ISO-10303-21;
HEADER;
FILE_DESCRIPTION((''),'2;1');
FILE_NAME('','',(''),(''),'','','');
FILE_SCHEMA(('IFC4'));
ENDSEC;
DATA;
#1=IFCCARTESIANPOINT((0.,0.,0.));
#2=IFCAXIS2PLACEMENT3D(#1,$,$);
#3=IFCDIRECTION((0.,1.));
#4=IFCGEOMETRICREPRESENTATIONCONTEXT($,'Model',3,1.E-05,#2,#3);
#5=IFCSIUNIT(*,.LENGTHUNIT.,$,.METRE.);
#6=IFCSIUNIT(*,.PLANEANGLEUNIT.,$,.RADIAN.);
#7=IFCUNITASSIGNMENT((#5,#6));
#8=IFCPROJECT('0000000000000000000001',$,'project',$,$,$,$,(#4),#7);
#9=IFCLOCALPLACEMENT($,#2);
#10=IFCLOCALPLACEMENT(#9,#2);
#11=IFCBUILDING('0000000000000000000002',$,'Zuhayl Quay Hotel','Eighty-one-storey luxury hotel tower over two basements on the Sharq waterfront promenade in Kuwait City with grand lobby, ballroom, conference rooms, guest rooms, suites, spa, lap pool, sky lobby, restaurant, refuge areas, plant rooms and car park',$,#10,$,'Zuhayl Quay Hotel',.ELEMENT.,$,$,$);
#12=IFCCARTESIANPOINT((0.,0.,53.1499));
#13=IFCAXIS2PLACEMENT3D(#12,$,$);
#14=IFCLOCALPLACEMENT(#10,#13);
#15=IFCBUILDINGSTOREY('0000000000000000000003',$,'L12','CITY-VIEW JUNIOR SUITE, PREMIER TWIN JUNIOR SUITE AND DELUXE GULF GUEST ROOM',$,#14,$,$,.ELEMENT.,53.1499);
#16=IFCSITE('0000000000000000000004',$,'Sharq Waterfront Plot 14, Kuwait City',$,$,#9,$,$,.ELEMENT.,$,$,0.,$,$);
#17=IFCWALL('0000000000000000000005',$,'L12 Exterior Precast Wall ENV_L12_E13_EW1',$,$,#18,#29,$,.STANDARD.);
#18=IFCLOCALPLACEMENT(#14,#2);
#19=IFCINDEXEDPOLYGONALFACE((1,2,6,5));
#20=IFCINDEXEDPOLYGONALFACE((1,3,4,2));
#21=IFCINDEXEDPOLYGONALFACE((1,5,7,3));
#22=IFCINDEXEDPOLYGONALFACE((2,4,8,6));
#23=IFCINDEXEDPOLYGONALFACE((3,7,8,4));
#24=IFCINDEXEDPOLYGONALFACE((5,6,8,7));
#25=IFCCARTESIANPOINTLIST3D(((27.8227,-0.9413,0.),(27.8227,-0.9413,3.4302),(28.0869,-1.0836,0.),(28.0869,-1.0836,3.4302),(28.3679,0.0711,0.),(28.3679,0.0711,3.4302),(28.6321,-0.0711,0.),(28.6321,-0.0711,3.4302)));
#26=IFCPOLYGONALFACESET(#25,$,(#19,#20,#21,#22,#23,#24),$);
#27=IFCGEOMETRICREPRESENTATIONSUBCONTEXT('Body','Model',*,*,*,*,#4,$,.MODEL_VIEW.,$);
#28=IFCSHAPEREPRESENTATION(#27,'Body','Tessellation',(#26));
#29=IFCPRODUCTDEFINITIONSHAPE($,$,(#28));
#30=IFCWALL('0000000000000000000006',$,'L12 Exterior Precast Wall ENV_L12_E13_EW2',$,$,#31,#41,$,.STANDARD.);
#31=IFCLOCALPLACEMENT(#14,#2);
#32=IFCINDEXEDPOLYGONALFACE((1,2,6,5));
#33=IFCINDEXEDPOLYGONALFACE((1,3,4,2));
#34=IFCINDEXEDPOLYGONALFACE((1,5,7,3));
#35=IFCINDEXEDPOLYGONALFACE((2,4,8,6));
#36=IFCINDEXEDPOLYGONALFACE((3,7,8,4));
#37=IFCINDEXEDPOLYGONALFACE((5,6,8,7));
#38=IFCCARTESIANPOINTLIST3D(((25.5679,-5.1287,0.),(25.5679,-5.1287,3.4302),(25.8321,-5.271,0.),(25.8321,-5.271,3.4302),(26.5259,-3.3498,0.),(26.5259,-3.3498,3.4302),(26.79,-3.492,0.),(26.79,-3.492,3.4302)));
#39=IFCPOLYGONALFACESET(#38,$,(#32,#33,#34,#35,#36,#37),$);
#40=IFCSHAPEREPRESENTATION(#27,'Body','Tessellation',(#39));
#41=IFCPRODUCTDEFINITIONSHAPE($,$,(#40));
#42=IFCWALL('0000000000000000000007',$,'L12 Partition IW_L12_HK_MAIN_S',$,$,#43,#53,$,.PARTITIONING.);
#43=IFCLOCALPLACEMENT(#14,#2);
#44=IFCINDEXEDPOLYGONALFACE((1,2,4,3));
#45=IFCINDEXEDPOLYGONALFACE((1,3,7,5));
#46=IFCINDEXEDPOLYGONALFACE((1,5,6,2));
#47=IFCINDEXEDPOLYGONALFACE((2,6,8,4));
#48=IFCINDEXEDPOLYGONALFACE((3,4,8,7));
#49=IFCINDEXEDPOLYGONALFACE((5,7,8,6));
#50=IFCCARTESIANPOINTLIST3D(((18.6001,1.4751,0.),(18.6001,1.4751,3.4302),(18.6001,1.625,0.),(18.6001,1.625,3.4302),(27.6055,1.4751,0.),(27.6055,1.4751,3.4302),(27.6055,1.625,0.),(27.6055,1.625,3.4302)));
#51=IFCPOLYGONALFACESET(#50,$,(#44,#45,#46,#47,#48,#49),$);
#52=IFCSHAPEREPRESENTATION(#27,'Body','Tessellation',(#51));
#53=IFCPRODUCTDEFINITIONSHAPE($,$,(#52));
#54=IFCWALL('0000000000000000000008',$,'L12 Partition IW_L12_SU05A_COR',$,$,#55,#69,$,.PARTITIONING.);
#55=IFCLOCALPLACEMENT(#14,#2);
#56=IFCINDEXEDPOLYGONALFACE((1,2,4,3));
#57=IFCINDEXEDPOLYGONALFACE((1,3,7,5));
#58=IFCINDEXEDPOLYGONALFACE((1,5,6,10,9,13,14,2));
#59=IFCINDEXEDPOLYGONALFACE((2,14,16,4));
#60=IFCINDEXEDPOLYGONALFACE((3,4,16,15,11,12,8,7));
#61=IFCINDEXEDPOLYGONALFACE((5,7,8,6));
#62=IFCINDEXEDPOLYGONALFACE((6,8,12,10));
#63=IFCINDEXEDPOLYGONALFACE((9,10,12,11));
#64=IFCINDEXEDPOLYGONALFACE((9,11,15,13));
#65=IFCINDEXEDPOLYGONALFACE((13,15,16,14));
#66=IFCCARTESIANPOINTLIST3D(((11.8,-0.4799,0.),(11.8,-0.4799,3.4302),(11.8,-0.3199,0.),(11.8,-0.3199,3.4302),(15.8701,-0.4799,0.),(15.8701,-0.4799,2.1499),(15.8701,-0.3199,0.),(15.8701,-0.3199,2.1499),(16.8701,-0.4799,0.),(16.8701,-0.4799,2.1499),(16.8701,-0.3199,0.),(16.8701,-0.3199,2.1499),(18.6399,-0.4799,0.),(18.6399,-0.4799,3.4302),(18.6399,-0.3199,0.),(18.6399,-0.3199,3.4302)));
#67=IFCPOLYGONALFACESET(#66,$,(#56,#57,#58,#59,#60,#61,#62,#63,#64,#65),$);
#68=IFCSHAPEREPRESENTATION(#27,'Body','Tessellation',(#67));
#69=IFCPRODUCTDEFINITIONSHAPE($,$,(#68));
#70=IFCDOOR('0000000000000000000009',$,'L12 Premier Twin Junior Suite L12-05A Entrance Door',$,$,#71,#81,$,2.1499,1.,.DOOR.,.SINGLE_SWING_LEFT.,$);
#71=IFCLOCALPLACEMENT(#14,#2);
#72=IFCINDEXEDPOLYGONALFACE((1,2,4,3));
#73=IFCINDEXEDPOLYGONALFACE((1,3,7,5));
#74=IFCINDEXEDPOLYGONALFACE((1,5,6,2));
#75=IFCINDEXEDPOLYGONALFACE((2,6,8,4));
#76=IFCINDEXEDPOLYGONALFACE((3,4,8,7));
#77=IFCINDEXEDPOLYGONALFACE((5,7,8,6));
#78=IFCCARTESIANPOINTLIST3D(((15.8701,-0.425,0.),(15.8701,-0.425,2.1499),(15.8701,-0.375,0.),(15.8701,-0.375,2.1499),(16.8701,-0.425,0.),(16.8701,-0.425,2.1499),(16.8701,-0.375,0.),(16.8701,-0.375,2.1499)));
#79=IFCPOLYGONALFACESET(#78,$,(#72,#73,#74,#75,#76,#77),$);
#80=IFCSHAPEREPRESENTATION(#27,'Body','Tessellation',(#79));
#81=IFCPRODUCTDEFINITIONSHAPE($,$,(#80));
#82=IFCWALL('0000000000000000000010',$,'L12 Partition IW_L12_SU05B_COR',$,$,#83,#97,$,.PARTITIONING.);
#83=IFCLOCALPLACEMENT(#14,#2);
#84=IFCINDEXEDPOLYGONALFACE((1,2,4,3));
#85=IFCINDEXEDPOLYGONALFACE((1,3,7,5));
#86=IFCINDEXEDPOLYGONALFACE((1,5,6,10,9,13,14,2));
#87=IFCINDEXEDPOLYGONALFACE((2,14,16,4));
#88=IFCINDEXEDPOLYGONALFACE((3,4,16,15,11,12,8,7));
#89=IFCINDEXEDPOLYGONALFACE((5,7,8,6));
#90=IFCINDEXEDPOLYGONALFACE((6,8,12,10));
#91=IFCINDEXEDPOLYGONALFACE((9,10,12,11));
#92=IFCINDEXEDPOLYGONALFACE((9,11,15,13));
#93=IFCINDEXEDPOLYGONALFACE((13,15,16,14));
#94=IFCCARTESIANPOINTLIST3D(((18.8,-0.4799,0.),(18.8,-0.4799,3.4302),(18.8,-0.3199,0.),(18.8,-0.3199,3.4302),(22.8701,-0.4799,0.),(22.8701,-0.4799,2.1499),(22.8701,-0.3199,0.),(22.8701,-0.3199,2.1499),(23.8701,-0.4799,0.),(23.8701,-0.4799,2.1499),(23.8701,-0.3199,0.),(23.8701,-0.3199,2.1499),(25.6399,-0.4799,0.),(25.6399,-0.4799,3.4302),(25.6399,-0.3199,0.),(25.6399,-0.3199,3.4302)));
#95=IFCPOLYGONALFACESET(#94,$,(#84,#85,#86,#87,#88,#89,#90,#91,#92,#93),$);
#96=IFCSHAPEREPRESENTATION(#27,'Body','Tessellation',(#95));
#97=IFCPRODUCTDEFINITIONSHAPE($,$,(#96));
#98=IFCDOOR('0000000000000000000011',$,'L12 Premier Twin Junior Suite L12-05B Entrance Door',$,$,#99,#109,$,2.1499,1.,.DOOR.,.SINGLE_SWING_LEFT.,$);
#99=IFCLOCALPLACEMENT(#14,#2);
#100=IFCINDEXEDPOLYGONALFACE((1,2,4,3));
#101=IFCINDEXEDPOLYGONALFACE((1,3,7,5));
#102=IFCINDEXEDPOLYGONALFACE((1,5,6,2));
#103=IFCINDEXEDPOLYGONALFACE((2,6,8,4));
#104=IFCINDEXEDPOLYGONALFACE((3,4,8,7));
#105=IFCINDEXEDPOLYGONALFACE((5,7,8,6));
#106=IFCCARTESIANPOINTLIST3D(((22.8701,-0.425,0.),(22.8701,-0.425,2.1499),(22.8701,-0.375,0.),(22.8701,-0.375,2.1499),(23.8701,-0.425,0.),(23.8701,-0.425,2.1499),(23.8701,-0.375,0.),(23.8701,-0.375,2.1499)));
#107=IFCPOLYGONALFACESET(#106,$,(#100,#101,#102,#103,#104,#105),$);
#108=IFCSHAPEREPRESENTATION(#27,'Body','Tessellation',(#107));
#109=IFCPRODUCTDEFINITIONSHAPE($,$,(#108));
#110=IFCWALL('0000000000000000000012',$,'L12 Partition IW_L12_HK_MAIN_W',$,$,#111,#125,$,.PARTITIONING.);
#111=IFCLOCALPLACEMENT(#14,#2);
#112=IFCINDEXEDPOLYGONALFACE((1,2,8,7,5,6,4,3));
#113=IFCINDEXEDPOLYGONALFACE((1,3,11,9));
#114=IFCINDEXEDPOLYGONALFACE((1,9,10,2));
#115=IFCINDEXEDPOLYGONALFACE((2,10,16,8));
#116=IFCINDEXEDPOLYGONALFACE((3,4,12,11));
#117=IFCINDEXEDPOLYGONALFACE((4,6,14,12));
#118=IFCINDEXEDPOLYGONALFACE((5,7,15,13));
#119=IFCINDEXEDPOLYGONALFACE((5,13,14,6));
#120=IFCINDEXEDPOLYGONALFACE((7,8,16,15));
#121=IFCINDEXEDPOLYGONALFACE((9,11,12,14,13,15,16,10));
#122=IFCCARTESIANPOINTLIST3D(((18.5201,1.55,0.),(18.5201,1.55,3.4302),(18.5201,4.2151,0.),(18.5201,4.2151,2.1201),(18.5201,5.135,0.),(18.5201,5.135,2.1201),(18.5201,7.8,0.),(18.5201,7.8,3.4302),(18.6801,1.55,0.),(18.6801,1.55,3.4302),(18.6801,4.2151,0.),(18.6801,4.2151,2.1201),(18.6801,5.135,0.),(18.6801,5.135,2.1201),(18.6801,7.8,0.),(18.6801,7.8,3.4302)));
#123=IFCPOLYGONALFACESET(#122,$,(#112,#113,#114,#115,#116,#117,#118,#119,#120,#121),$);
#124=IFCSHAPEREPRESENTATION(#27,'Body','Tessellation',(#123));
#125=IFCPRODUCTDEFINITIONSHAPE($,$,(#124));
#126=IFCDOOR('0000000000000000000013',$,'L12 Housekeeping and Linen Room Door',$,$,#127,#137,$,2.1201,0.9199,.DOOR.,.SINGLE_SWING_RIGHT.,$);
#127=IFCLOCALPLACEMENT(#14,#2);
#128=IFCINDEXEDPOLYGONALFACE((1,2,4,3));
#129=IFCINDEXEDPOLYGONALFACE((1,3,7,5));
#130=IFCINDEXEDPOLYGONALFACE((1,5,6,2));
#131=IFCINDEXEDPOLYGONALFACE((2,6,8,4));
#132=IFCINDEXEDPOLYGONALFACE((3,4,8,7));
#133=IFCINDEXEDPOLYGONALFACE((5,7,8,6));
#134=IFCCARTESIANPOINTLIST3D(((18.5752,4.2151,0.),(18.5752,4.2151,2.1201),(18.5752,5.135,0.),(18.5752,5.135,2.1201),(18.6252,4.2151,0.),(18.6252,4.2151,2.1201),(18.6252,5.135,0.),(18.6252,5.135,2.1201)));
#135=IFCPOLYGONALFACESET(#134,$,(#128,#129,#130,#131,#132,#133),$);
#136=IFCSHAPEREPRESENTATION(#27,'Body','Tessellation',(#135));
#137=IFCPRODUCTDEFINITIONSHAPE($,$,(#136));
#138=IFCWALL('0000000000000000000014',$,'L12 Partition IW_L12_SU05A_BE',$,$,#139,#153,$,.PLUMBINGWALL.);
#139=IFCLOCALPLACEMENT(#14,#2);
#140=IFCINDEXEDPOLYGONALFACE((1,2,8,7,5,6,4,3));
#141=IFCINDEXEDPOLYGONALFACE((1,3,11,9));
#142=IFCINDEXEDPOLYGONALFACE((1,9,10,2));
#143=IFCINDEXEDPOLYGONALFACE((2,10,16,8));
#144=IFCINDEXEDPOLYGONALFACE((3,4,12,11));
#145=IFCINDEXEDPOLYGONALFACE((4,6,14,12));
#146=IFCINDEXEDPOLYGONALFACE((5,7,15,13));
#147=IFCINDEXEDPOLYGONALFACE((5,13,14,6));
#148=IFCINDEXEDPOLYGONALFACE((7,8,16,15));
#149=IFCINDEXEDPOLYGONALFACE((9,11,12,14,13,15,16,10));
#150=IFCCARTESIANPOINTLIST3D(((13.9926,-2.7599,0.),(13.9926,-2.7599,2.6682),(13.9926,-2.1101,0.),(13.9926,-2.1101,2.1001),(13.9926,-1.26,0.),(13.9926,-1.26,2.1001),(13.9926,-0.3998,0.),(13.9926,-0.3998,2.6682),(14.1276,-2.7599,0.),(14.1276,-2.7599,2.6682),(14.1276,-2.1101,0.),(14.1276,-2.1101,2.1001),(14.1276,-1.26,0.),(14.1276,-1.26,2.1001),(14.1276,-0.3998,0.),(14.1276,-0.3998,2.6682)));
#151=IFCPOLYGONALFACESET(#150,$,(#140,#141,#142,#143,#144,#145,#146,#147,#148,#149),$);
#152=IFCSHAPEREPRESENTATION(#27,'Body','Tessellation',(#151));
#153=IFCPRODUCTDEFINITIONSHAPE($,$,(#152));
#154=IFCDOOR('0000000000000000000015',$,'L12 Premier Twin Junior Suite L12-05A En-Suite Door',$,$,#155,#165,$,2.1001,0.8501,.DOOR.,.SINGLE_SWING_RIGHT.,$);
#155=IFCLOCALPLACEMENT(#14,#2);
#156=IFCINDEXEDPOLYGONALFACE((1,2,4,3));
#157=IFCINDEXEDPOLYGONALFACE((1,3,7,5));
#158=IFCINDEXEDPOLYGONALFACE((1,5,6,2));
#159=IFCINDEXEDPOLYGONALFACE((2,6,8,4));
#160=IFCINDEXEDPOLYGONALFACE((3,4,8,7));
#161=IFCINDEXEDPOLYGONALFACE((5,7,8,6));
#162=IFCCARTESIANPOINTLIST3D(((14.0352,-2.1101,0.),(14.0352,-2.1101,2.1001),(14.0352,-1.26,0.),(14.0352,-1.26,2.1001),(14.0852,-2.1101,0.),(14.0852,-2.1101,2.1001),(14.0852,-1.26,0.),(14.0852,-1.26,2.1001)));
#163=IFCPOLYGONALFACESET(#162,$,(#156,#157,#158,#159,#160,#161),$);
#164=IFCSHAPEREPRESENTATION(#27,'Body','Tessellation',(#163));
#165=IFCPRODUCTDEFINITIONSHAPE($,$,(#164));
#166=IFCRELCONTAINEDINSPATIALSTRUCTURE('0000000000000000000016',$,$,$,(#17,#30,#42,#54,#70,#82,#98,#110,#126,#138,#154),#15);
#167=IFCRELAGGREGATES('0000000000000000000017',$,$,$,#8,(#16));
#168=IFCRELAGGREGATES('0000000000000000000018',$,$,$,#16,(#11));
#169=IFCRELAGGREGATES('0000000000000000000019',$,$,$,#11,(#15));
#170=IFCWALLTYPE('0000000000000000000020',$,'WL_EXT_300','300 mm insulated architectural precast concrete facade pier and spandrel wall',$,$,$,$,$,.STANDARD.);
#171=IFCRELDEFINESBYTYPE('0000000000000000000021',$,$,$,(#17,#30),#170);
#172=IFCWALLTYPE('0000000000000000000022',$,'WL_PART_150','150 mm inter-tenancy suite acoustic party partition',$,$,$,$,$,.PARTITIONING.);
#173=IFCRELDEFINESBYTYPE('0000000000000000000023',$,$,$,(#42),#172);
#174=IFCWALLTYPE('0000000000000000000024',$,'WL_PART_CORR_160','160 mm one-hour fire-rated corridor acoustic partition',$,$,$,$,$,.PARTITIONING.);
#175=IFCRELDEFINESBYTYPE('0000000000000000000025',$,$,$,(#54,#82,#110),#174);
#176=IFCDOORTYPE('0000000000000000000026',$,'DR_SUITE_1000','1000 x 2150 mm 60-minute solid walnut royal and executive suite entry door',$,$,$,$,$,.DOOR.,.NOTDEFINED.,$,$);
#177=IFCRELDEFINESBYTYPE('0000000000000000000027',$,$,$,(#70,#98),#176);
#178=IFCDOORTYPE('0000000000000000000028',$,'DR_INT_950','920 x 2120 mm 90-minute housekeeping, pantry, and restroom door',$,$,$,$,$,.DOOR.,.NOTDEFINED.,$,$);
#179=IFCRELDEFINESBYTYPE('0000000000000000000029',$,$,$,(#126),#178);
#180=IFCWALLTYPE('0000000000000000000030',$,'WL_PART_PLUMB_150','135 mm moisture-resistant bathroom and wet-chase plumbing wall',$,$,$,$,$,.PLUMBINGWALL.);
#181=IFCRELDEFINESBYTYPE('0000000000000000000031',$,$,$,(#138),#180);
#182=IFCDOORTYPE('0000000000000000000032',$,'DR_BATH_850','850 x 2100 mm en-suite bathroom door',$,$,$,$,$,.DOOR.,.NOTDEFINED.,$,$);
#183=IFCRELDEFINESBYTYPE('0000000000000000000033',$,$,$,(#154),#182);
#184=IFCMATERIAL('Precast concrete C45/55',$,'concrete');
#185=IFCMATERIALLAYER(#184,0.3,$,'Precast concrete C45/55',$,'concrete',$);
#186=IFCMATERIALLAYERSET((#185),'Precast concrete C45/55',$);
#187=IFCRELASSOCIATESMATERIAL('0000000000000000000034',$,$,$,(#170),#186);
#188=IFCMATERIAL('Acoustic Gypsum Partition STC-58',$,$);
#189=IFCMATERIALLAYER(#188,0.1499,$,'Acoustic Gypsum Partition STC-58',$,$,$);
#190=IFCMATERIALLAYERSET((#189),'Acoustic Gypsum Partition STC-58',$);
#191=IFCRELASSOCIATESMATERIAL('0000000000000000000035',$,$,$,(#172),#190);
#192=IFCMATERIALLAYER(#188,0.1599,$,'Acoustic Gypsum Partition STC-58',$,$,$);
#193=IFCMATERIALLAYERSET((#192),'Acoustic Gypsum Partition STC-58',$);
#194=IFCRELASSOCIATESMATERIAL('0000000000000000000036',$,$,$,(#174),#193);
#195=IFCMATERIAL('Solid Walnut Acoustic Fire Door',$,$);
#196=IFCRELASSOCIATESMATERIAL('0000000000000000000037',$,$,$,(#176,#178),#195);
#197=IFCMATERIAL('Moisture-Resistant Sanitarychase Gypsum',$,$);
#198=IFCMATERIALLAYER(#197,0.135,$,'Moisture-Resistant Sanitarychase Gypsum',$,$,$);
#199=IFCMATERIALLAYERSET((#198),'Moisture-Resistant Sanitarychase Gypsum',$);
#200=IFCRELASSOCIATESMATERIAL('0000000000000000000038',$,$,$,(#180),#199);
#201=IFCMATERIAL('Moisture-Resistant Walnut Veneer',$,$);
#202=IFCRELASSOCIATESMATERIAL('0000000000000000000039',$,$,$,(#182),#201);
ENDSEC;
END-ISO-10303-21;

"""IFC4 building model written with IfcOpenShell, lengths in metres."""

from ifc_helpers import new_model, si_unit, direction, frame, frame_2d, origin, place, context, subcontext, project, spatial, rectangle, extrude, material, layer, layer_set, type_object, element, fill, save


model = new_model("IFC4")

# Units and contexts
model_context = context("Model", 3, precision=1e-05, world=origin(), true_north=direction((0.0, 1.0)))
body_context = subcontext(model_context, "Body", "Model", "MODEL_VIEW")
ifc_project = project(units=[si_unit("LENGTHUNIT", "METRE"), si_unit("PLANEANGLEUNIT", "RADIAN")], contexts=[model_context])

# Site, building, storey
site_placement = place(None, origin())
site = spatial("IfcSite", under=ifc_project, at=site_placement, Name="Sharq Waterfront Plot 14, Kuwait City", CompositionType="ELEMENT", RefElevation=0.0)
building_placement = place(site_placement, origin())
building = spatial("IfcBuilding", under=site, at=building_placement, Name="Zuhayl Quay Hotel", Description="Eighty-one-storey luxury hotel tower over two basements on the Sharq waterfront promenade in Kuwait City with grand lobby, ballroom, conference rooms, guest rooms, suites, spa, lap pool, sky lobby, restaurant, refuge areas, plant rooms and car park", LongName="Zuhayl Quay Hotel", CompositionType="ELEMENT")
storey_placement = place(building_placement, frame((0.0, 0.0, 53.1499)))
storey = spatial("IfcBuildingStorey", under=building, at=storey_placement, Name="L12", Description="CITY-VIEW JUNIOR SUITE, PREMIER TWIN JUNIOR SUITE AND DELUXE GULF GUEST ROOM", CompositionType="ELEMENT", Elevation=53.1499)

# Walls
ifc_material_1 = material(Name="Precast concrete C45/55", Category="concrete")
ifc_layer_1 = layer(ifc_material_1, 0.3, Name="Precast concrete C45/55", Category="concrete")
ifc_layer_set_1 = layer_set([ifc_layer_1], Name="Precast concrete C45/55")
wall_type_1 = type_object("IfcWallType", Name="WL_EXT_300", Description="300 mm insulated architectural precast concrete facade pier and spandrel wall", PredefinedType="STANDARD", material=ifc_layer_set_1)
wall_1_placement = place(storey_placement, frame((28.5, 0.0, 0.0), z_axis=(0.0, 0.0, 1.0), x_axis=(-0.4741, -0.880471, 0.0)))
element("IfcWall", 1, at=wall_1_placement, inside=storey, type_object=wall_type_1, Name="L12 Exterior Precast Wall ENV_L12_E13_EW1", PredefinedType="STANDARD", context=body_context, shape_type="SweptSolid", body=[
    extrude(rectangle(XDim=1.1499, YDim=0.3, at=frame_2d((0.575, 0.0))), origin(), (0.0, 0.0, 1.0), 3.4302),
])
wall_2_placement = place(storey_placement, frame((26.658, -3.4209, 0.0), z_axis=(0.0, 0.0, 1.0), x_axis=(-0.474121, -0.880459, 0.0)))
element("IfcWall", 2, at=wall_2_placement, inside=storey, type_object=wall_type_1, Name="L12 Exterior Precast Wall ENV_L12_E13_EW2", PredefinedType="STANDARD", context=body_context, shape_type="SweptSolid", body=[
    extrude(rectangle(XDim=2.0205, YDim=0.3, at=frame_2d((1.0103, 0.0))), origin(), (0.0, 0.0, 1.0), 3.4302),
])
ifc_material_2 = material(Name="Acoustic Gypsum Partition STC-58")
ifc_layer_2 = layer(ifc_material_2, 0.1499, Name="Acoustic Gypsum Partition STC-58")
ifc_layer_set_2 = layer_set([ifc_layer_2], Name="Acoustic Gypsum Partition STC-58")
wall_type_2 = type_object("IfcWallType", Name="WL_PART_150", Description="150 mm inter-tenancy suite acoustic party partition", PredefinedType="PARTITIONING", material=ifc_layer_set_2)
wall_3_placement = place(storey_placement, frame((18.6001, 1.55, 0.0), z_axis=(0.0, 0.0, 1.0), x_axis=(1.0, 0.0, 0.0)))
element("IfcWall", 3, at=wall_3_placement, inside=storey, type_object=wall_type_2, Name="L12 Partition IW_L12_HK_MAIN_S", PredefinedType="PARTITIONING", context=body_context, shape_type="SweptSolid", body=[
    extrude(rectangle(XDim=9.0054, YDim=0.1499, at=frame_2d((4.5027, 0.0))), origin(), (0.0, 0.0, 1.0), 3.4302),
])

# Walls, openings, doors
ifc_layer_3 = layer(ifc_material_2, 0.1599, Name="Acoustic Gypsum Partition STC-58")
ifc_layer_set_3 = layer_set([ifc_layer_3], Name="Acoustic Gypsum Partition STC-58")
wall_type_3 = type_object("IfcWallType", Name="WL_PART_CORR_160", Description="160 mm one-hour fire-rated corridor acoustic partition", PredefinedType="PARTITIONING", material=ifc_layer_set_3)
wall_4_placement = place(storey_placement, frame((11.8, -0.3999, 0.0), z_axis=(0.0, 0.0, 1.0), x_axis=(1.0, 0.0, 0.0)))
wall_4 = element("IfcWall", 4, at=wall_4_placement, inside=storey, type_object=wall_type_3, Name="L12 Partition IW_L12_SU05A_COR", PredefinedType="PARTITIONING", context=body_context, shape_type="SweptSolid", body=[
    extrude(rectangle(XDim=6.8398, YDim=0.1599, at=frame_2d((3.4199, 0.0))), origin(), (0.0, 0.0, 1.0), 3.4302),
])
opening_1_placement = place(wall_4_placement, frame((4.0701, 0.0, 0.0)))
opening_1 = element("IfcOpeningElement", 5, at=opening_1_placement, cuts=wall_4, PredefinedType="OPENING", context=body_context, shape_type="SweptSolid", body=[
    extrude(rectangle(XDim=1.0, YDim=2.1499, at=frame_2d((0.5, 1.075))), frame((0.0, 0.0898, 0.0), z_axis=(0.0, -1.0, 0.0), x_axis=(1.0, 0.0, 0.0)), (0.0, 0.0, 1.0), 0.1799),
])
ifc_material_3 = material(Name="Solid Walnut Acoustic Fire Door")
door_type_1 = type_object("IfcDoorType", Name="DR_SUITE_1000", Description="1000 x 2150 mm 60-minute solid walnut royal and executive suite entry door", OperationType="NOTDEFINED", PredefinedType="DOOR", material=ifc_material_3)
door_1_placement = place(opening_1_placement, origin())
door_1 = element("IfcDoor", 6, at=door_1_placement, inside=storey, type_object=door_type_1, Name="L12 Premier Twin Junior Suite L12-05A Entrance Door", OperationType="SINGLE_SWING_LEFT", OverallHeight=2.1499, OverallWidth=1.0, PredefinedType="DOOR", context=body_context, shape_type="SweptSolid", body=[
    extrude(rectangle(XDim=1.0, YDim=2.1499, at=frame_2d((0.5, 1.075))), frame((0.0, 0.0249, 0.0), z_axis=(0.0, -1.0, 0.0), x_axis=(1.0, 0.0, 0.0)), (0.0, 0.0, 1.0), 0.05),
])
fill(opening_1, door_1)
wall_5_placement = place(storey_placement, frame((18.8, -0.3999, 0.0), z_axis=(0.0, 0.0, 1.0), x_axis=(1.0, 0.0, 0.0)))
wall_5 = element("IfcWall", 7, at=wall_5_placement, inside=storey, type_object=wall_type_3, Name="L12 Partition IW_L12_SU05B_COR", PredefinedType="PARTITIONING", context=body_context, shape_type="SweptSolid", body=[
    extrude(rectangle(XDim=6.8398, YDim=0.1599, at=frame_2d((3.4199, 0.0))), origin(), (0.0, 0.0, 1.0), 3.4302),
])
opening_2_placement = place(wall_5_placement, frame((4.0701, 0.0, 0.0)))
opening_2 = element("IfcOpeningElement", 8, at=opening_2_placement, cuts=wall_5, PredefinedType="OPENING", context=body_context, shape_type="SweptSolid", body=[
    extrude(rectangle(XDim=1.0, YDim=2.1499, at=frame_2d((0.5, 1.075))), frame((0.0, 0.0898, 0.0), z_axis=(0.0, -1.0, 0.0), x_axis=(1.0, 0.0, 0.0)), (0.0, 0.0, 1.0), 0.1799),
])
door_2_placement = place(opening_2_placement, origin())
door_2 = element("IfcDoor", 9, at=door_2_placement, inside=storey, type_object=door_type_1, Name="L12 Premier Twin Junior Suite L12-05B Entrance Door", OperationType="SINGLE_SWING_LEFT", OverallHeight=2.1499, OverallWidth=1.0, PredefinedType="DOOR", context=body_context, shape_type="SweptSolid", body=[
    extrude(rectangle(XDim=1.0, YDim=2.1499, at=frame_2d((0.5, 1.075))), frame((0.0, 0.0249, 0.0), z_axis=(0.0, -1.0, 0.0), x_axis=(1.0, 0.0, 0.0)), (0.0, 0.0, 1.0), 0.05),
])
fill(opening_2, door_2)
wall_6_placement = place(storey_placement, frame((18.6001, 1.55, 0.0), z_axis=(0.0, 0.0, 1.0), x_axis=(0.0, 1.0, 0.0)))
wall_6 = element("IfcWall", 10, at=wall_6_placement, inside=storey, type_object=wall_type_3, Name="L12 Partition IW_L12_HK_MAIN_W", PredefinedType="PARTITIONING", context=body_context, shape_type="SweptSolid", body=[
    extrude(rectangle(XDim=6.25, YDim=0.1599, at=frame_2d((3.125, 0.0))), origin(), (0.0, 0.0, 1.0), 3.4302),
])
opening_3_placement = place(wall_6_placement, frame((2.665, 0.0, 0.0)))
opening_3 = element("IfcOpeningElement", 11, at=opening_3_placement, cuts=wall_6, PredefinedType="OPENING", context=body_context, shape_type="SweptSolid", body=[
    extrude(rectangle(XDim=0.9199, YDim=2.1201, at=frame_2d((0.46, 1.0601))), frame((0.0, 0.0898, 0.0), z_axis=(0.0, -1.0, 0.0), x_axis=(1.0, 0.0, 0.0)), (0.0, 0.0, 1.0), 0.1799),
])
door_type_2 = type_object("IfcDoorType", Name="DR_INT_950", Description="920 x 2120 mm 90-minute housekeeping, pantry, and restroom door", OperationType="NOTDEFINED", PredefinedType="DOOR", material=ifc_material_3)
door_3_placement = place(opening_3_placement, origin())
door_3 = element("IfcDoor", 12, at=door_3_placement, inside=storey, type_object=door_type_2, Name="L12 Housekeeping and Linen Room Door", OperationType="SINGLE_SWING_RIGHT", OverallHeight=2.1201, OverallWidth=0.9199, PredefinedType="DOOR", context=body_context, shape_type="SweptSolid", body=[
    extrude(rectangle(XDim=0.9199, YDim=2.1201, at=frame_2d((0.46, 1.0601))), frame((0.0, 0.0249, 0.0), z_axis=(0.0, -1.0, 0.0), x_axis=(1.0, 0.0, 0.0)), (0.0, 0.0, 1.0), 0.05),
])
fill(opening_3, door_3)
ifc_material_4 = material(Name="Moisture-Resistant Sanitarychase Gypsum")
ifc_layer_4 = layer(ifc_material_4, 0.135, Name="Moisture-Resistant Sanitarychase Gypsum")
ifc_layer_set_4 = layer_set([ifc_layer_4], Name="Moisture-Resistant Sanitarychase Gypsum")
wall_type_4 = type_object("IfcWallType", Name="WL_PART_PLUMB_150", Description="135 mm moisture-resistant bathroom and wet-chase plumbing wall", PredefinedType="PLUMBINGWALL", material=ifc_layer_set_4)
wall_7_placement = place(storey_placement, frame((14.0601, -2.76, 0.0), z_axis=(0.0, 0.0, 1.0), x_axis=(0.0, 1.0, 0.0)))
wall_7 = element("IfcWall", 13, at=wall_7_placement, inside=storey, type_object=wall_type_4, Name="L12 Partition IW_L12_SU05A_BE", PredefinedType="PLUMBINGWALL", context=body_context, shape_type="SweptSolid", body=[
    extrude(rectangle(XDim=2.3601, YDim=0.135, at=frame_2d((1.1802, 0.0))), origin(), (0.0, 0.0, 1.0), 2.6682),
])
opening_4_placement = place(wall_7_placement, frame((0.6499, 0.0, 0.0)))
opening_4 = element("IfcOpeningElement", 14, at=opening_4_placement, cuts=wall_7, PredefinedType="OPENING", context=body_context, shape_type="SweptSolid", body=[
    extrude(rectangle(XDim=0.8501, YDim=2.1001, at=frame_2d((0.425, 1.05))), frame((0.0, 0.0774, 0.0), z_axis=(0.0, -1.0, 0.0), x_axis=(1.0, 0.0, 0.0)), (0.0, 0.0, 1.0), 0.155),
])
ifc_material_5 = material(Name="Moisture-Resistant Walnut Veneer")
door_type_3 = type_object("IfcDoorType", Name="DR_BATH_850", Description="850 x 2100 mm en-suite bathroom door", OperationType="NOTDEFINED", PredefinedType="DOOR", material=ifc_material_5)
door_4_placement = place(opening_4_placement, origin())
door_4 = element("IfcDoor", 15, at=door_4_placement, inside=storey, type_object=door_type_3, Name="L12 Premier Twin Junior Suite L12-05A En-Suite Door", OperationType="SINGLE_SWING_RIGHT", OverallHeight=2.1001, OverallWidth=0.8501, PredefinedType="DOOR", context=body_context, shape_type="SweptSolid", body=[
    extrude(rectangle(XDim=0.8501, YDim=2.1001, at=frame_2d((0.425, 1.05))), frame((0.0, 0.0249, 0.0), z_axis=(0.0, -1.0, 0.0), x_axis=(1.0, 0.0, 0.0)), (0.0, 0.0, 1.0), 0.05),
])
fill(opening_4, door_4)

save(model, "model.ifc")
